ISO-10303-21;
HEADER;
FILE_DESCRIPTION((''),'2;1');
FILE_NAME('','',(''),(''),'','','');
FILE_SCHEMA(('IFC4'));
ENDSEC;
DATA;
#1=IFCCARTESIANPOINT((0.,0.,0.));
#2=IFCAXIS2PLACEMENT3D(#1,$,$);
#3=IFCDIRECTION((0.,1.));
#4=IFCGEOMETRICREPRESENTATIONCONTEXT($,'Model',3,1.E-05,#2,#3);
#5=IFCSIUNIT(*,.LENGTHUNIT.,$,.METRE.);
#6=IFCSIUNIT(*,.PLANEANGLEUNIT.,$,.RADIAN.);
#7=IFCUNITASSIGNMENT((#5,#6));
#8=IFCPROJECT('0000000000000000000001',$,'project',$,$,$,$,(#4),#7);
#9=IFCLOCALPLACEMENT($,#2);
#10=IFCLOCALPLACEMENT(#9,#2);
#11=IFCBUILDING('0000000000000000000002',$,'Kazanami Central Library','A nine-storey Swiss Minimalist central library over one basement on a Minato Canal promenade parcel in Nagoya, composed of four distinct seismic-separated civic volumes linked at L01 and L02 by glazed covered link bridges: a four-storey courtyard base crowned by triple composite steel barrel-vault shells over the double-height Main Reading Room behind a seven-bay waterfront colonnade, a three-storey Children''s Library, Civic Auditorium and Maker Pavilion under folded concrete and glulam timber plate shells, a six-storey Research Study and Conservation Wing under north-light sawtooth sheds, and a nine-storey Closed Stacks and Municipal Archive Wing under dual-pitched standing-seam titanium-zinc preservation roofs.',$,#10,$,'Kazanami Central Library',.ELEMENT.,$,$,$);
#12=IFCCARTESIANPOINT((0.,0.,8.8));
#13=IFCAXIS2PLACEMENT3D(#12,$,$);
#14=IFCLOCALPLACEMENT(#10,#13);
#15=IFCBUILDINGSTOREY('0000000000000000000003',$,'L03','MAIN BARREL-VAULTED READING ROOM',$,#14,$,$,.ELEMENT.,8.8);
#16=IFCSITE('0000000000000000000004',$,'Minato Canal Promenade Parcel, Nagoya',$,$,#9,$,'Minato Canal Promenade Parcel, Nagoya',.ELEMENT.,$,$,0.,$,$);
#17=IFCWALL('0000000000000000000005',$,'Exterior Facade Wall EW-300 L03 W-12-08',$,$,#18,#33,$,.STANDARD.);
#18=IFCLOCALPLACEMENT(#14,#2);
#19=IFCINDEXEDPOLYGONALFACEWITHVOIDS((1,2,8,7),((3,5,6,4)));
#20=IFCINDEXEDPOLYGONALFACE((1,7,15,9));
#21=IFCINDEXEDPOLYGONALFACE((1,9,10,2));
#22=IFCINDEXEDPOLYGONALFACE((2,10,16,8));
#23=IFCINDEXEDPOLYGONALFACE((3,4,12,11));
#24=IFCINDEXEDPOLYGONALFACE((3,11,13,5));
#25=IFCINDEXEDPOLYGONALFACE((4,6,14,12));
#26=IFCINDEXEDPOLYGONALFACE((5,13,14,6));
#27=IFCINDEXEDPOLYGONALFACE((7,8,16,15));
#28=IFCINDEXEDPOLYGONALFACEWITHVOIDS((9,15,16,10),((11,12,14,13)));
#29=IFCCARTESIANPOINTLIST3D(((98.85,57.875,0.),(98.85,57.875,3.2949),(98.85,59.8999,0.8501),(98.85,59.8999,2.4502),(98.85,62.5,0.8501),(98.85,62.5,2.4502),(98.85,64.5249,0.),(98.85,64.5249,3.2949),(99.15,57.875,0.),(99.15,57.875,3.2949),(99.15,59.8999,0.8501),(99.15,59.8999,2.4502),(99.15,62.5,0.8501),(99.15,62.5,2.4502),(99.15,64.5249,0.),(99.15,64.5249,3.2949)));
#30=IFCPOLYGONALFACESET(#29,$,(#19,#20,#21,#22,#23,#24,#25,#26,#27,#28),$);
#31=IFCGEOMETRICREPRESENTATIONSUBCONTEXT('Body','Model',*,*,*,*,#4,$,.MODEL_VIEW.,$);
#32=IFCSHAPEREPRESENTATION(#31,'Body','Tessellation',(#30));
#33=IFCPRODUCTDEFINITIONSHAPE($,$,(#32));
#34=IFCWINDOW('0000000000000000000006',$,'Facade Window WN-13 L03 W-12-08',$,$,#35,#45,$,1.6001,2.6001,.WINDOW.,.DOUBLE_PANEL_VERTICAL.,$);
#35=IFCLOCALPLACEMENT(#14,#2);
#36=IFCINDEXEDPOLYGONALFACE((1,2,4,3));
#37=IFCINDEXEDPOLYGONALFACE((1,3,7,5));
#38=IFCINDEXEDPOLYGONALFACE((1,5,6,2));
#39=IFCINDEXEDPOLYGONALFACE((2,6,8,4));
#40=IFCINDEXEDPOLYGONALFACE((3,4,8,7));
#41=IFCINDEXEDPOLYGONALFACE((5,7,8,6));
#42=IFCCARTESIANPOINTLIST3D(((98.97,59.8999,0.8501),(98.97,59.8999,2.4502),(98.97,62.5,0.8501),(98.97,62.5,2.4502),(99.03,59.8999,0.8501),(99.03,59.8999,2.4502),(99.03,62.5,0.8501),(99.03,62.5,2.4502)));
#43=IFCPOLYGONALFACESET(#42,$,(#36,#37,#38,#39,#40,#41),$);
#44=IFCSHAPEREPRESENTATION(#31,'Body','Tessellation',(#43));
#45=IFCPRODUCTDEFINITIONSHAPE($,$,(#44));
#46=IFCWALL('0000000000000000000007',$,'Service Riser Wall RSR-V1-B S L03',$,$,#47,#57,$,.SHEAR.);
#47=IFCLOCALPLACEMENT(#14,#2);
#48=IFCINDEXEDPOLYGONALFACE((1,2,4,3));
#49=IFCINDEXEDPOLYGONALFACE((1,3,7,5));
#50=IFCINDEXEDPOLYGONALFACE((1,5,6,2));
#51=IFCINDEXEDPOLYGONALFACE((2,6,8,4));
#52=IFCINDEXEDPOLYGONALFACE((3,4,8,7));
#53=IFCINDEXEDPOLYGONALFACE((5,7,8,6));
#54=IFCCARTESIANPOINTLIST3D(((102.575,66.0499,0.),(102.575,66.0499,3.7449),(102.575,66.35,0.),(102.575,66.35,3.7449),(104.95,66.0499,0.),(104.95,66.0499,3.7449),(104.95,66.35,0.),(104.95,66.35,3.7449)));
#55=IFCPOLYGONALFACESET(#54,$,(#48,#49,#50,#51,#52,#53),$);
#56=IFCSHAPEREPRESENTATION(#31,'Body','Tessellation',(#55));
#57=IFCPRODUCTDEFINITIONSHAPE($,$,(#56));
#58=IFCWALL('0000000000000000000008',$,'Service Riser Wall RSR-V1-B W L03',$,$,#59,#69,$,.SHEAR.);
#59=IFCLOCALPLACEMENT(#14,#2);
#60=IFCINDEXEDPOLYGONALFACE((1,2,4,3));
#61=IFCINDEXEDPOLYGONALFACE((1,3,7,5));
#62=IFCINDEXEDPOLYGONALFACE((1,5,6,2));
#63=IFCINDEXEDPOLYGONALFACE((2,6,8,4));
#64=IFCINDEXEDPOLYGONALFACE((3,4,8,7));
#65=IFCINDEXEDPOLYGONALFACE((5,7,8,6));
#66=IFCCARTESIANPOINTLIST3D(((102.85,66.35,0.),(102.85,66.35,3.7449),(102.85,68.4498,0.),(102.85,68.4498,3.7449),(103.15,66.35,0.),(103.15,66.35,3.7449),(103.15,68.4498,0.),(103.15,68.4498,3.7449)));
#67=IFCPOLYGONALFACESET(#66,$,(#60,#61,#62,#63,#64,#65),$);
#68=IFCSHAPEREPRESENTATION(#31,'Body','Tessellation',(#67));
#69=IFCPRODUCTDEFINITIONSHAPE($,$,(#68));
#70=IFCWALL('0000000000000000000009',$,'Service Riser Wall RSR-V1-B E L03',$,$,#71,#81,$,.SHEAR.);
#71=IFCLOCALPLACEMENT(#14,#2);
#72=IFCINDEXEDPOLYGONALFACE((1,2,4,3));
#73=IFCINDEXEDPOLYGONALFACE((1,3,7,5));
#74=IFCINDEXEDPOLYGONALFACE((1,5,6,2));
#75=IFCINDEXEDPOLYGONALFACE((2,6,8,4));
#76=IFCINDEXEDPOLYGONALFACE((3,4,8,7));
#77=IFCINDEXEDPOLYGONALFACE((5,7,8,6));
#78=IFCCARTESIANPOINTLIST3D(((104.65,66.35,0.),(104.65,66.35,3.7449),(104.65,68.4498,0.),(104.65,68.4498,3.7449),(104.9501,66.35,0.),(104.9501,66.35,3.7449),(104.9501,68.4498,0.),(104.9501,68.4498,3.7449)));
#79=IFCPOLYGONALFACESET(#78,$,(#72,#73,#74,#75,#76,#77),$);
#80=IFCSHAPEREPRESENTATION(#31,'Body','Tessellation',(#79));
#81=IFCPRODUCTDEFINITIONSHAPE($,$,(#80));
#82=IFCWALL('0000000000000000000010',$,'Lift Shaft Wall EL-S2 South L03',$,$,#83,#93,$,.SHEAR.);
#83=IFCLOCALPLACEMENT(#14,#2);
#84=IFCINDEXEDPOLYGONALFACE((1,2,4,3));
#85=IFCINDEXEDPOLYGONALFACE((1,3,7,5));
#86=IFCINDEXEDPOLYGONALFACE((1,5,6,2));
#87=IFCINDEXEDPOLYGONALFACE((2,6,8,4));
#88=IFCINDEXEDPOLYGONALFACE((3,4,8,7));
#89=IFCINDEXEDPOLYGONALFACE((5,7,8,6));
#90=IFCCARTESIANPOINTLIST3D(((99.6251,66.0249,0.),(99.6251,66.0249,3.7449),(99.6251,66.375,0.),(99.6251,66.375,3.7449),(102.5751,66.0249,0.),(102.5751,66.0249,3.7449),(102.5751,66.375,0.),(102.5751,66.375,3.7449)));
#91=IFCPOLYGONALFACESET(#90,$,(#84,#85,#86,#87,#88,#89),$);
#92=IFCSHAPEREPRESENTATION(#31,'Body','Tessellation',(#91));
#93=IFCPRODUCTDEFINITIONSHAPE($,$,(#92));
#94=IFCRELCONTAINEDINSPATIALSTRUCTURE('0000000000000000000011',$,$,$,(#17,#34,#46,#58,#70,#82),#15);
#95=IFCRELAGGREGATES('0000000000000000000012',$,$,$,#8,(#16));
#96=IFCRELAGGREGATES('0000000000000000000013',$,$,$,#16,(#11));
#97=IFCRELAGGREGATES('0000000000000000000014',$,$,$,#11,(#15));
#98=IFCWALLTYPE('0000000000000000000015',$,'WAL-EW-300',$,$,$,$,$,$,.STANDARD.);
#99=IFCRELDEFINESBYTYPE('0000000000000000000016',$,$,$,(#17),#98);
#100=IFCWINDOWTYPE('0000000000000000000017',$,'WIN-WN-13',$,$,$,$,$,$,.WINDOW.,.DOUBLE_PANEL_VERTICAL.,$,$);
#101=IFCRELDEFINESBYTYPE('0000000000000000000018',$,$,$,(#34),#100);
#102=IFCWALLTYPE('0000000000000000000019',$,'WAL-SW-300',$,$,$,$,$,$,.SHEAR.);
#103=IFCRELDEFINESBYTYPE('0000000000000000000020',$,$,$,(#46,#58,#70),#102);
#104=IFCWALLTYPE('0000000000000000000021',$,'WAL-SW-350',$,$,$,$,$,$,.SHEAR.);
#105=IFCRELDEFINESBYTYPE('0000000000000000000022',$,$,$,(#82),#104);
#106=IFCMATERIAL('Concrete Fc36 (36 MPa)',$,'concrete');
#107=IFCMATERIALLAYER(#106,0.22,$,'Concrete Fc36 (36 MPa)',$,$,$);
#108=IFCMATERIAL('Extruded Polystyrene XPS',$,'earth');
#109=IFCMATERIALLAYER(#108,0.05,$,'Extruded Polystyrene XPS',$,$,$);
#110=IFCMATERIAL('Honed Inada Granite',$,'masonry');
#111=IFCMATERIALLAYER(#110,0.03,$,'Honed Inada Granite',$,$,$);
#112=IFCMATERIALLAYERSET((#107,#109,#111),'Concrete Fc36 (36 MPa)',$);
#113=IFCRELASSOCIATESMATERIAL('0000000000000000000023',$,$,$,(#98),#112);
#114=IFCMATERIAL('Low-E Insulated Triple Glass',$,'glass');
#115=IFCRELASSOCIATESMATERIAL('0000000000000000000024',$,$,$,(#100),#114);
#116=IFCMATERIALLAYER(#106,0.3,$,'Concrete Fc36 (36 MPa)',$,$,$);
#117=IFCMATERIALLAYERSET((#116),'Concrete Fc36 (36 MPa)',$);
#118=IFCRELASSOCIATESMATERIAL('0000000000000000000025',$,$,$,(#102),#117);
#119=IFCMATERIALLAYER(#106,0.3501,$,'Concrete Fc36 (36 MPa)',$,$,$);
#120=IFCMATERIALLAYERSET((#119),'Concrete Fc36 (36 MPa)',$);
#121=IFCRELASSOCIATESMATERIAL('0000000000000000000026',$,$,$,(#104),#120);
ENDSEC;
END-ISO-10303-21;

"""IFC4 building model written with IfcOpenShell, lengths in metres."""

from ifc_helpers import new_model, si_unit, direction, frame, frame_2d, origin, place, context, subcontext, project, spatial, rectangle, extrude, material, layer, layer_set, type_object, element, fill, save


model = new_model("IFC4")

# Units and contexts
model_context = context("Model", 3, precision=1e-05, world=origin(), true_north=direction((0.0, 1.0)))
body_context = subcontext(model_context, "Body", "Model", "MODEL_VIEW")
ifc_project = project(units=[si_unit("LENGTHUNIT", "METRE"), si_unit("PLANEANGLEUNIT", "RADIAN")], contexts=[model_context])

# Site, building, storey
site_placement = place(None, origin())
site = spatial("IfcSite", under=ifc_project, at=site_placement, Name="Minato Canal Promenade Parcel, Nagoya", LongName="Minato Canal Promenade Parcel, Nagoya", CompositionType="ELEMENT", RefElevation=0.0)
building_placement = place(site_placement, origin())
building = spatial("IfcBuilding", under=site, at=building_placement, Name="Kazanami Central Library", Description="A nine-storey Swiss Minimalist central library over one basement on a Minato Canal promenade parcel in Nagoya, composed of four distinct seismic-separated civic volumes linked at L01 and L02 by glazed covered link bridges: a four-storey courtyard base crowned by triple composite steel barrel-vault shells over the double-height Main Reading Room behind a seven-bay waterfront colonnade, a three-storey Children's Library, Civic Auditorium and Maker Pavilion under folded concrete and glulam timber plate shells, a six-storey Research Study and Conservation Wing under north-light sawtooth sheds, and a nine-storey Closed Stacks and Municipal Archive Wing under dual-pitched standing-seam titanium-zinc preservation roofs.", LongName="Kazanami Central Library", CompositionType="ELEMENT")
storey_placement = place(building_placement, frame((0.0, 0.0, 8.8)))
storey = spatial("IfcBuildingStorey", under=building, at=storey_placement, Name="L03", Description="MAIN BARREL-VAULTED READING ROOM", CompositionType="ELEMENT", Elevation=8.8)

# Shared definitions
ifc_material_1 = material(Name="Low-E Insulated Triple Glass", Category="glass")

# Wall, opening, window
ifc_material_2 = material(Name="Concrete Fc36 (36 MPa)", Category="concrete")
ifc_layer_1 = layer(ifc_material_2, 0.22, Name="Concrete Fc36 (36 MPa)")
ifc_material_3 = material(Name="Extruded Polystyrene XPS", Category="earth")
ifc_layer_2 = layer(ifc_material_3, 0.05, Name="Extruded Polystyrene XPS")
ifc_material_4 = material(Name="Honed Inada Granite", Category="masonry")
ifc_layer_3 = layer(ifc_material_4, 0.03, Name="Honed Inada Granite")
ifc_layer_set_1 = layer_set([ifc_layer_1, ifc_layer_2, ifc_layer_3], Name="Concrete Fc36 (36 MPa)")
wall_type_1 = type_object("IfcWallType", Name="WAL-EW-300", PredefinedType="STANDARD", material=ifc_layer_set_1)
wall_1_placement = place(storey_placement, frame((99.0, 57.875, 0.0), z_axis=(0.0, 0.0, 1.0), x_axis=(0.0, 1.0, 0.0)))
wall_1 = element("IfcWall", 1, at=wall_1_placement, inside=storey, type_object=wall_type_1, Name="Exterior Facade Wall EW-300 L03 W-12-08", PredefinedType="STANDARD", context=body_context, shape_type="SweptSolid", body=[
    extrude(rectangle(XDim=6.6499, YDim=0.3, at=frame_2d((3.325, 0.0))), origin(), (0.0, 0.0, 1.0), 3.2949),
])
opening_placement = place(wall_1_placement, frame((2.0249, 0.0, 0.8501)))
opening = element("IfcOpeningElement", 2, at=opening_placement, cuts=wall_1, PredefinedType="OPENING", context=body_context, shape_type="SweptSolid", body=[
    extrude(rectangle(XDim=2.6001, YDim=1.6001, at=frame_2d((1.3, 0.8))), frame((0.0, 0.1621, 0.0), z_axis=(0.0, -1.0, 0.0), x_axis=(1.0, 0.0, 0.0)), (0.0, 0.0, 1.0), 0.324),
])
window_type = type_object("IfcWindowType", Name="WIN-WN-13", PartitioningType="DOUBLE_PANEL_VERTICAL", PredefinedType="WINDOW", material=ifc_material_1)
window_placement = place(opening_placement, origin())
window = element("IfcWindow", 3, at=window_placement, inside=storey, type_object=window_type, Name="Facade Window WN-13 L03 W-12-08", OverallHeight=1.6001, OverallWidth=2.6001, PartitioningType="DOUBLE_PANEL_VERTICAL", PredefinedType="WINDOW", context=body_context, shape_type="SweptSolid", body=[
    extrude(rectangle(XDim=2.6001, YDim=1.6001, at=frame_2d((1.3, 0.8))), frame((0.0, 0.03, 0.0), z_axis=(0.0, -1.0, 0.0), x_axis=(1.0, 0.0, 0.0)), (0.0, 0.0, 1.0), 0.0601),
])
fill(opening, window)

# Walls
ifc_layer_4 = layer(ifc_material_2, 0.3, Name="Concrete Fc36 (36 MPa)")
ifc_layer_set_2 = layer_set([ifc_layer_4], Name="Concrete Fc36 (36 MPa)")
wall_type_2 = type_object("IfcWallType", Name="WAL-SW-300", PredefinedType="SHEAR", material=ifc_layer_set_2)
wall_2_placement = place(storey_placement, frame((102.575, 66.2, 0.0), z_axis=(0.0, 0.0, 1.0), x_axis=(1.0, 0.0, 0.0)))
element("IfcWall", 4, at=wall_2_placement, inside=storey, type_object=wall_type_2, Name="Service Riser Wall RSR-V1-B S L03", PredefinedType="SHEAR", context=body_context, shape_type="SweptSolid", body=[
    extrude(rectangle(XDim=2.375, YDim=0.3, at=frame_2d((1.1875, 0.0))), origin(), (0.0, 0.0, 1.0), 3.7449),
])
for number, where, z_axis, x_axis, name in (
    (5, (103.0, 66.3501, 0.0), (0.0, 0.0, 1.0), (0.0, 1.0, 0.0), "Service Riser Wall RSR-V1-B W L03"),
    (6, (104.8, 66.3501, 0.0), (0.0, 0.0, 1.0), (0.0, 1.0, 0.0), "Service Riser Wall RSR-V1-B E L03"),
):
    element("IfcWall", number, at=place(storey_placement, frame(where, z_axis=z_axis, x_axis=x_axis)), inside=storey, type_object=wall_type_2, Name=name, PredefinedType="SHEAR", context=body_context, shape_type="SweptSolid", body=[
        extrude(rectangle(XDim=2.0999, YDim=0.3, at=frame_2d((1.0498, 0.0))), origin(), (0.0, 0.0, 1.0), 3.7449),
    ])
ifc_layer_5 = layer(ifc_material_2, 0.3501, Name="Concrete Fc36 (36 MPa)")
ifc_layer_set_3 = layer_set([ifc_layer_5], Name="Concrete Fc36 (36 MPa)")
wall_type_3 = type_object("IfcWallType", Name="WAL-SW-350", PredefinedType="SHEAR", material=ifc_layer_set_3)
wall_3_placement = place(storey_placement, frame((99.625, 66.2, 0.0), z_axis=(0.0, 0.0, 1.0), x_axis=(1.0, 0.0, 0.0)))
element("IfcWall", 7, at=wall_3_placement, inside=storey, type_object=wall_type_3, Name="Lift Shaft Wall EL-S2 South L03", PredefinedType="SHEAR", context=body_context, shape_type="SweptSolid", body=[
    extrude(rectangle(XDim=2.95, YDim=0.3501, at=frame_2d((1.4751, 0.0))), origin(), (0.0, 0.0, 1.0), 3.7449),
])

save(model, "model.ifc")
